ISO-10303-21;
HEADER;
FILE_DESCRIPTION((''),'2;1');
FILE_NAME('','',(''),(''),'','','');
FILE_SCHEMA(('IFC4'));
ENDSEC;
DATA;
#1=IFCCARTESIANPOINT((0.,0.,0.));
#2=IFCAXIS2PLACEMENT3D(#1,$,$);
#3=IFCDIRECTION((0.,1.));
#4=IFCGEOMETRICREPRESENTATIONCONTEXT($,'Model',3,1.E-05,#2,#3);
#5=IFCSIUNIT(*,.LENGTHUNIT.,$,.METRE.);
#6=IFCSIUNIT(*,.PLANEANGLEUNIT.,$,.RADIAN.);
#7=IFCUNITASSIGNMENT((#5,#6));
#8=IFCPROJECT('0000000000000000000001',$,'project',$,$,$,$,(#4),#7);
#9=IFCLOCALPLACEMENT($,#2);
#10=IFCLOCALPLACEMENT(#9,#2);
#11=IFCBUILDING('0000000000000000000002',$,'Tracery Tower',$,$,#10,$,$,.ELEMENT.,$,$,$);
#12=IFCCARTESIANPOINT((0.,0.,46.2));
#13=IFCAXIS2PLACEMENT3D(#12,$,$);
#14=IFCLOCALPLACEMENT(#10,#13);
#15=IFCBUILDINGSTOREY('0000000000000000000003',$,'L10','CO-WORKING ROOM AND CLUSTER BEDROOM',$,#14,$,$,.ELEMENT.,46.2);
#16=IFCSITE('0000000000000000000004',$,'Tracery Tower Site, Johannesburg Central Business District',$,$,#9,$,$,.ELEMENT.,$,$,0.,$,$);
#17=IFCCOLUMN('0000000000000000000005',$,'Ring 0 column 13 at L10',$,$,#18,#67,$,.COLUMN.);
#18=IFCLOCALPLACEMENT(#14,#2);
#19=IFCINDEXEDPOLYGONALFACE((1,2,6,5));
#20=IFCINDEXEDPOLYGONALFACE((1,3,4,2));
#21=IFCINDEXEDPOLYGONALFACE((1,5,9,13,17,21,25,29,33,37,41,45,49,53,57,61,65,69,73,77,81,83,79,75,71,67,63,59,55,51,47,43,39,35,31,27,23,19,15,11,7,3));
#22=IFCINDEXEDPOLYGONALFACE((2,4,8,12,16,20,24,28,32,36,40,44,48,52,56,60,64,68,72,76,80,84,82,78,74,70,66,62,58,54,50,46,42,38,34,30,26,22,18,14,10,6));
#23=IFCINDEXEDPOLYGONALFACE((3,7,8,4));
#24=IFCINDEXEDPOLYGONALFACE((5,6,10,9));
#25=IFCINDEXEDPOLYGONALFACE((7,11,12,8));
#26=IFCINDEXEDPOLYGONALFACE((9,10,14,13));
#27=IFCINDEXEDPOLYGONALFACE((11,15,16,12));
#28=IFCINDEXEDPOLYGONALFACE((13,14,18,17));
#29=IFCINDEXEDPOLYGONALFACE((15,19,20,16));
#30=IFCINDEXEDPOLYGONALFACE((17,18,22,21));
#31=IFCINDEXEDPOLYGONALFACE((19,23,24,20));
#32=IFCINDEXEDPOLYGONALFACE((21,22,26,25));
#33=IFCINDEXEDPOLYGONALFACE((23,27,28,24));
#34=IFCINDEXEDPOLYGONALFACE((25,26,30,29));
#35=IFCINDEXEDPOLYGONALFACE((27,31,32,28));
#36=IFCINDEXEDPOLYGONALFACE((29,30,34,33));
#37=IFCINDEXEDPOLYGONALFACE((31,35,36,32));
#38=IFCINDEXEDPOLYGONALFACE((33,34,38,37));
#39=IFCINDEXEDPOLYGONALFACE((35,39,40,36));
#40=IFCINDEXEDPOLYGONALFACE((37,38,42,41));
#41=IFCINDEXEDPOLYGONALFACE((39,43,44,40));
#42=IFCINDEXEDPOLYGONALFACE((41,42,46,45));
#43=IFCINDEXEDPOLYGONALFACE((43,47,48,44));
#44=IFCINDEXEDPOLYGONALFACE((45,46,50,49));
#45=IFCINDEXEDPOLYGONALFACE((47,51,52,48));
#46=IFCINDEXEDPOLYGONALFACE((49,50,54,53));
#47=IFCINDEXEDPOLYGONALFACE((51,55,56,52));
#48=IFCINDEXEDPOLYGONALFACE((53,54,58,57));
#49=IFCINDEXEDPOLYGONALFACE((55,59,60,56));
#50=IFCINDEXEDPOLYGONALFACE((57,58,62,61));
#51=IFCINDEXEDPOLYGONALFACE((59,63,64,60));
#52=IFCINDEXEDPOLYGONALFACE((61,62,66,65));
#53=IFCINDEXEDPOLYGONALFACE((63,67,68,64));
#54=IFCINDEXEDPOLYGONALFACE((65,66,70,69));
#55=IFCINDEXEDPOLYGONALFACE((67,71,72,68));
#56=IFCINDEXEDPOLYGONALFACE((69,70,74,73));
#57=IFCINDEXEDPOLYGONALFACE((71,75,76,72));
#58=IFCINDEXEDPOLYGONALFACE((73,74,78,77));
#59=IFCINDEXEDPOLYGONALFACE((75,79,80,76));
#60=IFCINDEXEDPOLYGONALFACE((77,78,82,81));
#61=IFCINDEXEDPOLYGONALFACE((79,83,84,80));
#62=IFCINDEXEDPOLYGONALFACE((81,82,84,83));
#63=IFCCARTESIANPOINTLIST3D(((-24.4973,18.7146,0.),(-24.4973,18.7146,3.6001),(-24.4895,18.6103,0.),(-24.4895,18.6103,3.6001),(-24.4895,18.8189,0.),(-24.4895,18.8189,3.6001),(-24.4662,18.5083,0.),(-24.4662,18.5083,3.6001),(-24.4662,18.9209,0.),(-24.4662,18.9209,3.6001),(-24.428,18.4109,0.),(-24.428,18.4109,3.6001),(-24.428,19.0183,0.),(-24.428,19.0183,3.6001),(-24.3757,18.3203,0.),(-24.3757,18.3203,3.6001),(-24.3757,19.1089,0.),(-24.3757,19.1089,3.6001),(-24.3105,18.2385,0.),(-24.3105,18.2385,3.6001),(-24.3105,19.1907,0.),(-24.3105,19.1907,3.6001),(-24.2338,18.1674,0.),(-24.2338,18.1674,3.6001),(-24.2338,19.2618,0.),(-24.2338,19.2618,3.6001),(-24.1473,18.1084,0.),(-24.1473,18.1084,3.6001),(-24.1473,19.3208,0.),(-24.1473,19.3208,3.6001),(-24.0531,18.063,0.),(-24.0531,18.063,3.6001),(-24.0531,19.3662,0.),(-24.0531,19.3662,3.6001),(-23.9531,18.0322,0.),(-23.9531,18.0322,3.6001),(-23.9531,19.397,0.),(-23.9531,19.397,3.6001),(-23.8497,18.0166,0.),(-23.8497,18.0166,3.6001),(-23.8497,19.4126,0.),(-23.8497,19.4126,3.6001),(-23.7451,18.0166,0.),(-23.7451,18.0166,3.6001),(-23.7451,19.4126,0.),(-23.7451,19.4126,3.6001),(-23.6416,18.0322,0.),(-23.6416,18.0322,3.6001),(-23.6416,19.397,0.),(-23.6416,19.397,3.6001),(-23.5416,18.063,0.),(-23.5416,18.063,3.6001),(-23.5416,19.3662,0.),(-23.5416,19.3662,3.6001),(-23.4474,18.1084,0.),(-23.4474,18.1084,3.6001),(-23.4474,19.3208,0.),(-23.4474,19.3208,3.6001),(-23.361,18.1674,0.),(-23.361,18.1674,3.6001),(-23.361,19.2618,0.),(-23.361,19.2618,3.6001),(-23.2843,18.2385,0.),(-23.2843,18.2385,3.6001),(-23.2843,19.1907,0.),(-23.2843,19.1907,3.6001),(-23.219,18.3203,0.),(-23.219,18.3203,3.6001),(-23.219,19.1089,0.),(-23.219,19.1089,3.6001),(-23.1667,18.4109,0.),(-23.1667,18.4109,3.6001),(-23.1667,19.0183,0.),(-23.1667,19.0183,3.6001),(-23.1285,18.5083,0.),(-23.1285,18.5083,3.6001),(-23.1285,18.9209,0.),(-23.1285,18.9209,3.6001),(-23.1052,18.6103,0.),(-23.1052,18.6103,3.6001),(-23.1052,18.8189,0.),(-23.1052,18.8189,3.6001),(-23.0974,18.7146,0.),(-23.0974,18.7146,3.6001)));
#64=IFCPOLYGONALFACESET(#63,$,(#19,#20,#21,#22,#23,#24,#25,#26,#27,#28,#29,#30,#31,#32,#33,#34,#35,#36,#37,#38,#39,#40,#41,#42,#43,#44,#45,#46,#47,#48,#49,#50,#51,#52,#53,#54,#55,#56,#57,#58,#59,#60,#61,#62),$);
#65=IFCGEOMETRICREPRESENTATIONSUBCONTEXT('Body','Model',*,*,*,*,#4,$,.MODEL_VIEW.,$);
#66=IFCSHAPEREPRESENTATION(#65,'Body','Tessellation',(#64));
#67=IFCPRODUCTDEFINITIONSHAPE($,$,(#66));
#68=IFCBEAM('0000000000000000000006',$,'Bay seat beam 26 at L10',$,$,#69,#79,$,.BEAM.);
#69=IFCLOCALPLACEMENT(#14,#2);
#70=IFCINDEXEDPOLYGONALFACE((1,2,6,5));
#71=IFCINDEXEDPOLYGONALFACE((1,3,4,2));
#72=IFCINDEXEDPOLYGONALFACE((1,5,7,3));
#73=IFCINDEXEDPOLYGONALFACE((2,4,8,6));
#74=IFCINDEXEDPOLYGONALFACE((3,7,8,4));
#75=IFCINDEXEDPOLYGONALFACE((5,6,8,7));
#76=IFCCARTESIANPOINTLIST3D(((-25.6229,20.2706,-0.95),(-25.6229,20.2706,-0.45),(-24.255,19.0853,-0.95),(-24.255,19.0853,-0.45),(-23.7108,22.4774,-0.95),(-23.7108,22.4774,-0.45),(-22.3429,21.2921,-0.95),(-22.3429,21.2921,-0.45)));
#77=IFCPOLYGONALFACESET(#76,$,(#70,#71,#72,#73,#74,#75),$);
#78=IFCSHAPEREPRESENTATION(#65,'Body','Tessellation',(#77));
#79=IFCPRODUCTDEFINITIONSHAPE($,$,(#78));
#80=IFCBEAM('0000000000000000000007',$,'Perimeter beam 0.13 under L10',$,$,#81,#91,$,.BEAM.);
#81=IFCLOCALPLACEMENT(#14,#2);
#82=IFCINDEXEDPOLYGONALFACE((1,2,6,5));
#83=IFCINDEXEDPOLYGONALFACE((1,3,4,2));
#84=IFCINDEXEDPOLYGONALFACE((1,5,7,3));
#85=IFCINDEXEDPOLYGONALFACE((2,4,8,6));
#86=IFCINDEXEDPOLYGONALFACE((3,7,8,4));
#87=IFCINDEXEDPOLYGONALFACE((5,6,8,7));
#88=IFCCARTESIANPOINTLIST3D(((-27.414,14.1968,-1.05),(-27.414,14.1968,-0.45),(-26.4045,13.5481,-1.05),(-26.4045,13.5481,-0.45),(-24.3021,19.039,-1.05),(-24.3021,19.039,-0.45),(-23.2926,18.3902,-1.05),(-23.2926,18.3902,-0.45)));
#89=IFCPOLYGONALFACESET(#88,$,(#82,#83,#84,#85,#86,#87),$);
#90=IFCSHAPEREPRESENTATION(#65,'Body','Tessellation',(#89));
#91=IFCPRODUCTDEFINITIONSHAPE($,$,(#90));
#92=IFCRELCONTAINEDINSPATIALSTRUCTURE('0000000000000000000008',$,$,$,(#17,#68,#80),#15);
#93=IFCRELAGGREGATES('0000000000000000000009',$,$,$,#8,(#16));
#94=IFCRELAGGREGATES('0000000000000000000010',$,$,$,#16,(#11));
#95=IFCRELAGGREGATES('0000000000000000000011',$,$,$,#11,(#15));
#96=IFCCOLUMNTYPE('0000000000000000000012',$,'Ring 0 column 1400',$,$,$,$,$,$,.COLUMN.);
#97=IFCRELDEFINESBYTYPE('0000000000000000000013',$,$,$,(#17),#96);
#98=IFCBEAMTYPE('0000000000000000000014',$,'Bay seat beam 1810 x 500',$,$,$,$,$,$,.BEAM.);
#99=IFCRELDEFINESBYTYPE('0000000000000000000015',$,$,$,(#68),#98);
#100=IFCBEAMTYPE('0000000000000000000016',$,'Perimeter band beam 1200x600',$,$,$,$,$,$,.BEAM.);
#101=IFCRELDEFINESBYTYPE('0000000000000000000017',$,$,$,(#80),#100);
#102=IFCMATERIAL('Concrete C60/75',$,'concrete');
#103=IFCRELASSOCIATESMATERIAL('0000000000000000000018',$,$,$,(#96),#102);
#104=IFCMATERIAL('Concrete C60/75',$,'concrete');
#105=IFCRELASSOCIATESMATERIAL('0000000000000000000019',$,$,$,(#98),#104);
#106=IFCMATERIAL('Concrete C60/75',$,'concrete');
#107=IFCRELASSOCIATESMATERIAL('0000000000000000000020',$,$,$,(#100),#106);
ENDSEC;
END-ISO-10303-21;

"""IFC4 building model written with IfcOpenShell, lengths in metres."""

from ifc_helpers import new_model, si_unit, direction, frame, origin, origin_2d, place, context, subcontext, project, spatial, rectangle, circle, extrude, material, material_profile, profile_set, type_object, element, save


model = new_model("IFC4")

# Units and contexts
model_context = context("Model", 3, precision=1e-05, world=origin(), true_north=direction((0.0, 1.0)))
body_context = subcontext(model_context, "Body", "Model", "MODEL_VIEW")
ifc_project = project(units=[si_unit("LENGTHUNIT", "METRE"), si_unit("PLANEANGLEUNIT", "RADIAN")], contexts=[model_context])

# Site, building, storey
site_placement = place(None, origin())
site = spatial("IfcSite", under=ifc_project, at=site_placement, Name="Tracery Tower Site, Johannesburg Central Business District", CompositionType="ELEMENT", RefElevation=0.0)
building_placement = place(site_placement, origin())
building = spatial("IfcBuilding", under=site, at=building_placement, Name="Tracery Tower", CompositionType="ELEMENT")
storey_placement = place(building_placement, frame((0.0, 0.0, 46.2)))
storey = spatial("IfcBuildingStorey", under=building, at=storey_placement, Name="L10", Description="CO-WORKING ROOM AND CLUSTER BEDROOM", CompositionType="ELEMENT", Elevation=46.2)

# Column
ifc_material_1 = material(Name="Concrete C60/75", Category="concrete")
ifc_material_profile_1 = material_profile(ifc_material_1, circle(Radius=0.7, at=origin_2d()), Name="RC D1400")
ifc_profile_set_1 = profile_set([ifc_material_profile_1], Name="Concrete C60/75")
column_type = type_object("IfcColumnType", Name="Ring 0 column 1400", PredefinedType="COLUMN", material=ifc_profile_set_1)
column_placement = place(storey_placement, frame((-23.7974, 18.7146, 0.0), z_axis=(0.0, 0.0, 1.0), x_axis=(1.0, 0.0, 0.0)))
element("IfcColumn", 1, at=column_placement, inside=storey, type_object=column_type, Name="Ring 0 column 13 at L10", PredefinedType="COLUMN", context=body_context, shape_type="SweptSolid", body=[
    extrude(circle(Radius=0.7, at=origin_2d()), origin(), (0.0, 0.0, 1.0), 3.6001),
])

# Beams
ifc_material_2 = material(Name="Concrete C60/75", Category="concrete")
ifc_material_profile_2 = material_profile(ifc_material_2, rectangle(XDim=1.8101, YDim=0.5, at=origin_2d()), Name="RC 1810x500")
ifc_profile_set_2 = profile_set([ifc_material_profile_2], Name="Concrete C60/75")
beam_type_1 = type_object("IfcBeamType", Name="Bay seat beam 1810 x 500", PredefinedType="BEAM", material=ifc_profile_set_2)
beam_1_placement = place(storey_placement, frame((-23.0269, 21.8848, -0.7), z_axis=(-0.654845, -0.755764, 0.0), x_axis=(0.755764, -0.654845, 0.0)))
element("IfcBeam", 2, at=beam_1_placement, inside=storey, type_object=beam_type_1, Name="Bay seat beam 26 at L10", PredefinedType="BEAM", context=body_context, shape_type="SweptSolid", body=[
    extrude(rectangle(XDim=1.8101, YDim=0.5, at=origin_2d()), origin(), (0.0, 0.0, 1.0), 2.9199),
])
ifc_material_3 = material(Name="Concrete C60/75", Category="concrete")
ifc_material_profile_3 = material_profile(ifc_material_3, rectangle(XDim=1.2, YDim=0.6001, at=origin_2d()), Name="RC 1200x600")
ifc_profile_set_3 = profile_set([ifc_material_profile_3], Name="Concrete C60/75")
beam_type_2 = type_object("IfcBeamType", Name="Perimeter band beam 1200x600", PredefinedType="BEAM", material=ifc_profile_set_3)
beam_2_placement = place(storey_placement, frame((-23.7974, 18.7146, -0.75), z_axis=(-0.540644, -0.841252, 0.0), x_axis=(0.841252, -0.540644, 0.0)))
element("IfcBeam", 3, at=beam_2_placement, inside=storey, type_object=beam_type_2, Name="Perimeter beam 0.13 under L10", PredefinedType="BEAM", context=body_context, shape_type="SweptSolid", body=[
    extrude(rectangle(XDim=1.2, YDim=0.6001, at=origin_2d()), origin(), (0.0, 0.0, 1.0), 5.7559),
])

save(model, "model.ifc")
